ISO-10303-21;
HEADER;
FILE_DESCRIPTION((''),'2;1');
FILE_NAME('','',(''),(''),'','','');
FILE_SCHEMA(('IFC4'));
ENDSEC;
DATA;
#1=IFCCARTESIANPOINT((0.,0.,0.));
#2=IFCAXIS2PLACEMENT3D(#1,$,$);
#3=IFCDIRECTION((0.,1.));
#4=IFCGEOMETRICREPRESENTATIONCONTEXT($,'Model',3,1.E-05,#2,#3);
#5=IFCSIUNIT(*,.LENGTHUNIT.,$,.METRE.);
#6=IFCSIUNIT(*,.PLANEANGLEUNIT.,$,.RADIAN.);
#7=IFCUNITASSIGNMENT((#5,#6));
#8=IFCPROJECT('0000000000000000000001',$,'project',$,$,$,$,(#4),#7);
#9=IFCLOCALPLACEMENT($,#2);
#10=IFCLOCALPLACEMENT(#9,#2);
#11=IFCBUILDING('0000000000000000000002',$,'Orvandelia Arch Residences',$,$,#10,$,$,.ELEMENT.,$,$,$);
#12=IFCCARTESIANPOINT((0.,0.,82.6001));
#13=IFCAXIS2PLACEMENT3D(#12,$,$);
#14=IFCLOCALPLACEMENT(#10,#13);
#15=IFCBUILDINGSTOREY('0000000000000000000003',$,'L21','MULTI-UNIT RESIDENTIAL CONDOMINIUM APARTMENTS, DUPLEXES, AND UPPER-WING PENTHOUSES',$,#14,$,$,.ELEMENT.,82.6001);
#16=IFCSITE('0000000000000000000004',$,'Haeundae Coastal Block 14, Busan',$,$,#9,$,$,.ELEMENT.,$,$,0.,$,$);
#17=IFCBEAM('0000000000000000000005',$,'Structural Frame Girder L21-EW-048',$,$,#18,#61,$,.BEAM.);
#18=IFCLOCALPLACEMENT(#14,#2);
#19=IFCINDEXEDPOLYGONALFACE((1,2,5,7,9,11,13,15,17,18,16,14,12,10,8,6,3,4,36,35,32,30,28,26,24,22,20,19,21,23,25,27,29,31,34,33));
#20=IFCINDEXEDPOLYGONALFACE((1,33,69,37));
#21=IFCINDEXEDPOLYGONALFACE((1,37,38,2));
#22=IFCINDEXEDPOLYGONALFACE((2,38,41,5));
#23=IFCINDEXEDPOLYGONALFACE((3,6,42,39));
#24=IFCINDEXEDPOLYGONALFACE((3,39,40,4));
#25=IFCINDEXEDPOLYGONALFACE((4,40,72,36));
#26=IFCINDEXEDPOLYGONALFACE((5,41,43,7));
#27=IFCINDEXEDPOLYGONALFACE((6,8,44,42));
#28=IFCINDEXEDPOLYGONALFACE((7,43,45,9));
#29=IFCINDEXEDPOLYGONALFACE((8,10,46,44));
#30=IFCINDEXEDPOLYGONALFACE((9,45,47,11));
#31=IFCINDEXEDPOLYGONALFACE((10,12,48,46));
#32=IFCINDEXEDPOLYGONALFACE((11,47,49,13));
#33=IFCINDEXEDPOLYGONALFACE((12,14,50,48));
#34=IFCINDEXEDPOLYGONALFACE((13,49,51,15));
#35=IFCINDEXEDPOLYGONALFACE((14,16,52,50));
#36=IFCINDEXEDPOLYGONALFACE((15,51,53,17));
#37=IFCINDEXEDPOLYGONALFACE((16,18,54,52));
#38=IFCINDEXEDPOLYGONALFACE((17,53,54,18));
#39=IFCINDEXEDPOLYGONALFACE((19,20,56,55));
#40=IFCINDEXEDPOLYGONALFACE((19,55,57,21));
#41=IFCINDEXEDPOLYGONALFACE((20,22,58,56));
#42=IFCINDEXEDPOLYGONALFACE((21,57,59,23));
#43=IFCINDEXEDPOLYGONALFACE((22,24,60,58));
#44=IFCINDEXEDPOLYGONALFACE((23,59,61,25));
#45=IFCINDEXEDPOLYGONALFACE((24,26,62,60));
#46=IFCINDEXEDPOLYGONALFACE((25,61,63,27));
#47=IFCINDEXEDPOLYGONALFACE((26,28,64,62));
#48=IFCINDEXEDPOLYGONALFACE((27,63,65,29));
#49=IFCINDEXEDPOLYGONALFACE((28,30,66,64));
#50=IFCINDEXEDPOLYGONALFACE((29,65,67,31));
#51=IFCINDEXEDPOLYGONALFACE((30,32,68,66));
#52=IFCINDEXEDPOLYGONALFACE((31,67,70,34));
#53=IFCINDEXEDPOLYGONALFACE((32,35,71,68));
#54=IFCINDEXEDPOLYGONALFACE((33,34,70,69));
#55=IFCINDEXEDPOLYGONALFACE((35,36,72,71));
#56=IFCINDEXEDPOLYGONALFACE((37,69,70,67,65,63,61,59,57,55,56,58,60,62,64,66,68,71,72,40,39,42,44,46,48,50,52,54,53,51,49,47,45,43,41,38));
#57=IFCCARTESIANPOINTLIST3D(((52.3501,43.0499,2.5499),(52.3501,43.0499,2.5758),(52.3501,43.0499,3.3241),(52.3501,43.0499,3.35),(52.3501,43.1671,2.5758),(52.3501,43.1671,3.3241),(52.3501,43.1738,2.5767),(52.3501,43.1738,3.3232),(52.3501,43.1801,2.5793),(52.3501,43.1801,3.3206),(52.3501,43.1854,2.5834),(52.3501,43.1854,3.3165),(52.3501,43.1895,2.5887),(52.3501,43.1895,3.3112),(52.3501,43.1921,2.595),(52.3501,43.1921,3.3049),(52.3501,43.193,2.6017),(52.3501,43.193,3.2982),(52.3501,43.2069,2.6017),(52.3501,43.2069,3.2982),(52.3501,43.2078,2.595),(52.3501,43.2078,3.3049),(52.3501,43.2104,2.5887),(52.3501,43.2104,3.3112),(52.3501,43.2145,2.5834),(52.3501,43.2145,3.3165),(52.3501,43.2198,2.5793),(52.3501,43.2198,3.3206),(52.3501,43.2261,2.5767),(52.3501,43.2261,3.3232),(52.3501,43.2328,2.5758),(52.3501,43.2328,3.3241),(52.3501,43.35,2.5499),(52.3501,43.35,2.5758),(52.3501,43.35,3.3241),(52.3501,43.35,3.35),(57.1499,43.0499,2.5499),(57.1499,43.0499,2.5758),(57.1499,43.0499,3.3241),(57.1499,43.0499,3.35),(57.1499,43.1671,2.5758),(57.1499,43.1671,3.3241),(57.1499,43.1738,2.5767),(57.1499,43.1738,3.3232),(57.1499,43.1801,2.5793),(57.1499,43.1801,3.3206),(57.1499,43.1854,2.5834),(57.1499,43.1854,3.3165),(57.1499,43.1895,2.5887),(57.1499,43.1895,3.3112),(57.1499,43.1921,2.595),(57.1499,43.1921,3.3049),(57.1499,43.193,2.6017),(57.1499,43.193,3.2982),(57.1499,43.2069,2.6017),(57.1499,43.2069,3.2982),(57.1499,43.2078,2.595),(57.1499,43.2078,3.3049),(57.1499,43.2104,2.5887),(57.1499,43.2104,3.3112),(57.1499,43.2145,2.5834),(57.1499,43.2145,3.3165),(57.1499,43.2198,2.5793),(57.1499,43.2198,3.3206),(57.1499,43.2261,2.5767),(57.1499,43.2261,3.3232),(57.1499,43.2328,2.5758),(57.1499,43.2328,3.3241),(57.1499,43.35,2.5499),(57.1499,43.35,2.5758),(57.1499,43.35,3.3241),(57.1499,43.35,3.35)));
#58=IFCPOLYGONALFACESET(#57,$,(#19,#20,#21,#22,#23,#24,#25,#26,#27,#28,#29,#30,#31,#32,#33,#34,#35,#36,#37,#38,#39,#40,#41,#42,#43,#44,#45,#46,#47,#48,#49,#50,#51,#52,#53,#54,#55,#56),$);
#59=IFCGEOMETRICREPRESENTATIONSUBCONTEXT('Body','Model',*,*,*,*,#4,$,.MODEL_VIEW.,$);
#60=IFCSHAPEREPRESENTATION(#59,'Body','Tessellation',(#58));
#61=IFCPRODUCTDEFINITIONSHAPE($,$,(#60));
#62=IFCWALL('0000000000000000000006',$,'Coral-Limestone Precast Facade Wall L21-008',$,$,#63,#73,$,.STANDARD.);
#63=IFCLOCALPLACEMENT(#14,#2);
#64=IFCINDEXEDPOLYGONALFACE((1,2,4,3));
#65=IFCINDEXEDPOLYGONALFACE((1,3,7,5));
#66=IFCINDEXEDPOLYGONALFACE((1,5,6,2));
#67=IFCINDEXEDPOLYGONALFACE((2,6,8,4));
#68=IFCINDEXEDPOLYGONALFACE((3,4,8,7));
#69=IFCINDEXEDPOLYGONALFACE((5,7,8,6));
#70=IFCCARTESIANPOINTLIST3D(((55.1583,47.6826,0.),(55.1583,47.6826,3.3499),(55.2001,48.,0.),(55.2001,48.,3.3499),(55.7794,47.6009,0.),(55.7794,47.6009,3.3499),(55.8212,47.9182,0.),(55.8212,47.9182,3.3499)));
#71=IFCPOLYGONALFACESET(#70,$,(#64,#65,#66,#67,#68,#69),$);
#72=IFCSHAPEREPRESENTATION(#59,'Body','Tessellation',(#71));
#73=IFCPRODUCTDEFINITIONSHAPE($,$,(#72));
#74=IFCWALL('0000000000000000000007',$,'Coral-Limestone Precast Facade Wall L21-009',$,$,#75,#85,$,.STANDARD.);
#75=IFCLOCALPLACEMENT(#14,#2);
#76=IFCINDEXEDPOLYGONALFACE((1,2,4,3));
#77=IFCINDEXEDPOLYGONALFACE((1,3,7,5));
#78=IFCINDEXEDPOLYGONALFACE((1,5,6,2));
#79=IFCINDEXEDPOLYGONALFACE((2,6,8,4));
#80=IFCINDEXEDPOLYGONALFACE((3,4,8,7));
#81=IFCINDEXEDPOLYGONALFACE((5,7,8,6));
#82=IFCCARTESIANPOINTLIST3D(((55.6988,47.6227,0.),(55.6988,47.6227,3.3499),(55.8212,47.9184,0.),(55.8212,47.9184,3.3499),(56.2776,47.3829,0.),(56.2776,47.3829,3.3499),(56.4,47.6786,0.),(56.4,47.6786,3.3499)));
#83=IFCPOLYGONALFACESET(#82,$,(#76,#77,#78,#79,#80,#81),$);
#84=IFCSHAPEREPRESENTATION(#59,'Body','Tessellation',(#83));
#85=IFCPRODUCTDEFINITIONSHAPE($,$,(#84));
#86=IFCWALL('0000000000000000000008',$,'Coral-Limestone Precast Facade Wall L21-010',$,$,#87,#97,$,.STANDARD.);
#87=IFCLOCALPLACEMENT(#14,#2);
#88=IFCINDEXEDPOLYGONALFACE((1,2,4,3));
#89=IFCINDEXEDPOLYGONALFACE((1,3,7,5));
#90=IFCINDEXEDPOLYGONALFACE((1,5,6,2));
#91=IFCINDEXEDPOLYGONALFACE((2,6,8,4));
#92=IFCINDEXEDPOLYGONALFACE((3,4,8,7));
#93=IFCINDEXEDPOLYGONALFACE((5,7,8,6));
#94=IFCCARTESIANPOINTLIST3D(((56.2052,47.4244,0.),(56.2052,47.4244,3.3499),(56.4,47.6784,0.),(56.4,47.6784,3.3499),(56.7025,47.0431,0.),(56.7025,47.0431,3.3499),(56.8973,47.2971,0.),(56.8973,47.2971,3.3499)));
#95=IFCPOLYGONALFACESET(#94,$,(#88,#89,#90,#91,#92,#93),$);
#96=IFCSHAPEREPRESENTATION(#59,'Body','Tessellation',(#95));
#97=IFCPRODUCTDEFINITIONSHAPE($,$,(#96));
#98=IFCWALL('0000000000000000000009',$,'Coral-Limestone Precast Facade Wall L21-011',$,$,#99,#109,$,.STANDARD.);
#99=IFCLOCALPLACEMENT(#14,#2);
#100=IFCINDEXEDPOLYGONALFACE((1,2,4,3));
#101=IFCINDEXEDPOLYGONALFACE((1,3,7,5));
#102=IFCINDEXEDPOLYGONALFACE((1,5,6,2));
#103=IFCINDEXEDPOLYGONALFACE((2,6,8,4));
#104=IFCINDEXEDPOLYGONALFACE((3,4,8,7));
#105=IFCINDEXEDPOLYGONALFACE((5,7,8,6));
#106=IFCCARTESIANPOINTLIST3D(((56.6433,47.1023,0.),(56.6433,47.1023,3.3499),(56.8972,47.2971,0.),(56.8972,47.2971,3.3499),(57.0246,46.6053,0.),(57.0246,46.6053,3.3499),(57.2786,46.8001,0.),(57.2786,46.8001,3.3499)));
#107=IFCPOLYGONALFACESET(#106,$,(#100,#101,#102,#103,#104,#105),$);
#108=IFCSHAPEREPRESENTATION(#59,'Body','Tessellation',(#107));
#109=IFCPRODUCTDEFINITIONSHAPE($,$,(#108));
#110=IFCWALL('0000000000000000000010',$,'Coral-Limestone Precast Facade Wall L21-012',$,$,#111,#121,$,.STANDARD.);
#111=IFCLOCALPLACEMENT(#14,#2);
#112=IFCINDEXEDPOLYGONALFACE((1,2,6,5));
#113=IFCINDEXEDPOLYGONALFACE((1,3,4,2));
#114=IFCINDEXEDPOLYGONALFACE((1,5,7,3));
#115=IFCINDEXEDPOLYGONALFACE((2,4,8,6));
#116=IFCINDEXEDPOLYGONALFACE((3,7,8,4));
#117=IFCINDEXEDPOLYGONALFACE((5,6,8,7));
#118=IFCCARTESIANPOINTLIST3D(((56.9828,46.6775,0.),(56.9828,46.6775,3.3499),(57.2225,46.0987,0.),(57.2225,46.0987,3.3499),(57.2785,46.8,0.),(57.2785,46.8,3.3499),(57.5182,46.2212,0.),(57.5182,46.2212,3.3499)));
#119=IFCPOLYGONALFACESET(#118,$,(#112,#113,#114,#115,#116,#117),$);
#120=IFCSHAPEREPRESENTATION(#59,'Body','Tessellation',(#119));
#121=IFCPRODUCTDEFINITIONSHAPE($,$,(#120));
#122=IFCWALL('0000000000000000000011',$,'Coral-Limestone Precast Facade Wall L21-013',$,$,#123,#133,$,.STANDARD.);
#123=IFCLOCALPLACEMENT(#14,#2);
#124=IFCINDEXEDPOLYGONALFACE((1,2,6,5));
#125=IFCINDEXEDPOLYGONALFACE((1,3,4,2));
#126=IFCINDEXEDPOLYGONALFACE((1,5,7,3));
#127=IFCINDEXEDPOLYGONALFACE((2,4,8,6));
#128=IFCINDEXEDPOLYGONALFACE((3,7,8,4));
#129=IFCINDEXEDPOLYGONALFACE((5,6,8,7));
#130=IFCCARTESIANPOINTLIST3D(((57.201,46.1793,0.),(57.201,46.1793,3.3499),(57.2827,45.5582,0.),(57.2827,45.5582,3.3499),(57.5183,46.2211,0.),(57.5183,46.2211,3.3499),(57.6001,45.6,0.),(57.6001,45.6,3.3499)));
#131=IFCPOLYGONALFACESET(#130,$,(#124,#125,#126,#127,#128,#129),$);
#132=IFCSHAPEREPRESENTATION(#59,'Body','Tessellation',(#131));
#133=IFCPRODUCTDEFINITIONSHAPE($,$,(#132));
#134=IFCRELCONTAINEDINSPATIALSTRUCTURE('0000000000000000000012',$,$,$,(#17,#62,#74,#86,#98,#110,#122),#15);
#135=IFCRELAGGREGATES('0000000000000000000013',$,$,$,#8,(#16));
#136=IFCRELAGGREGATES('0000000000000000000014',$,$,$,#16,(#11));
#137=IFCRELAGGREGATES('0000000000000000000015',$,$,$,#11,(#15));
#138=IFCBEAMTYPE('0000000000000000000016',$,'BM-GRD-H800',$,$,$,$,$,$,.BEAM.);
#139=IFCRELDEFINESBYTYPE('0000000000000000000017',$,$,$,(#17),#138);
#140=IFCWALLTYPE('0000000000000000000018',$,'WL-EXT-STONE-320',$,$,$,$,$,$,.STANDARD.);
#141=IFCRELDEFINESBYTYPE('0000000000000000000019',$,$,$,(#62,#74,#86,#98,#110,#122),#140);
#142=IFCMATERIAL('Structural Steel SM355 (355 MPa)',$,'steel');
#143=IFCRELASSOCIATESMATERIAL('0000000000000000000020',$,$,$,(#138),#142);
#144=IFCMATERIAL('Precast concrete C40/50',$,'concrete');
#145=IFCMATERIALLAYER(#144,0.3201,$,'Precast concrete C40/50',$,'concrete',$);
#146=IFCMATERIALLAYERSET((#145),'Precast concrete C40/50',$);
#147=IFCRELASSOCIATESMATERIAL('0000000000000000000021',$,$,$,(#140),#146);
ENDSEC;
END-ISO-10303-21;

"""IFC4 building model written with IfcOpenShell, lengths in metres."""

from ifc_helpers import new_model, si_unit, direction, frame, frame_2d, origin, origin_2d, place, context, subcontext, project, spatial, rectangle, i_section, extrude, material, layer, layer_set, material_profile, profile_set, type_object, element, save


model = new_model("IFC4")

# Units and contexts
model_context = context("Model", 3, precision=1e-05, world=origin(), true_north=direction((0.0, 1.0)))
body_context = subcontext(model_context, "Body", "Model", "MODEL_VIEW")
ifc_project = project(units=[si_unit("LENGTHUNIT", "METRE"), si_unit("PLANEANGLEUNIT", "RADIAN")], contexts=[model_context])

# Site, building, storey
site_placement = place(None, origin())
site = spatial("IfcSite", under=ifc_project, at=site_placement, Name="Haeundae Coastal Block 14, Busan", CompositionType="ELEMENT", RefElevation=0.0)
building_placement = place(site_placement, origin())
building = spatial("IfcBuilding", under=site, at=building_placement, Name="Orvandelia Arch Residences", CompositionType="ELEMENT")
storey_placement = place(building_placement, frame((0.0, 0.0, 82.6001)))
storey = spatial("IfcBuildingStorey", under=building, at=storey_placement, Name="L21", Description="MULTI-UNIT RESIDENTIAL CONDOMINIUM APARTMENTS, DUPLEXES, AND UPPER-WING PENTHOUSES", CompositionType="ELEMENT", Elevation=82.6001)

# Beam
ifc_material_1 = material(Name="Structural Steel SM355 (355 MPa)", Category="steel")
ifc_material_profile_1 = material_profile(ifc_material_1, i_section(OverallWidth=0.3, OverallDepth=0.8, WebThickness=0.0139, FlangeThickness=0.0259, FilletRadius=0.0259, at=origin_2d()), Name="Structural Steel SM355 (355 MPa)", Category="steel")
ifc_profile_set_1 = profile_set([ifc_material_profile_1], Name="Structural Steel SM355 (355 MPa)")
beam_type = type_object("IfcBeamType", Name="BM-GRD-H800", PredefinedType="BEAM", material=ifc_profile_set_1)
for number, where, z_axis, x_axis, name in (
    (1, (52.3501, 43.2, 2.95), (1.0, 0.0, 0.0), (0.0, 1.0, 0.0), "Structural Frame Girder L21-EW-048"),
):
    element("IfcBeam", number, at=place(storey_placement, frame(where, z_axis=z_axis, x_axis=x_axis)), inside=storey, type_object=beam_type, Name=name, PredefinedType="BEAM", context=body_context, shape_type="SweptSolid", body=[
        extrude(i_section(OverallWidth=0.3, OverallDepth=0.8, WebThickness=0.0139, FlangeThickness=0.0259, FilletRadius=0.0259, at=origin_2d()), origin(), (0.0, 0.0, 1.0), 4.7998),
    ])

# Walls
ifc_material_2 = material(Name="Precast concrete C40/50", Category="concrete")
ifc_layer_1 = layer(ifc_material_2, 0.3201, Name="Precast concrete C40/50", Category="concrete")
ifc_layer_set_1 = layer_set([ifc_layer_1], Name="Precast concrete C40/50")
wall_type_1 = type_object("IfcWallType", Name="WL-EXT-STONE-320", PredefinedType="STANDARD", material=ifc_layer_set_1)
for number, where, z_axis, x_axis, name in (
    (2, (55.1792, 47.8413, 0.0), (0.0, 0.0, 1.0), (0.991441, -0.130555, 0.0), "Coral-Limestone Precast Facade Wall L21-008"),
    (3, (55.76, 47.7705, 0.0), (0.0, 0.0, 1.0), (0.923893, -0.38265, 0.0), "Coral-Limestone Precast Facade Wall L21-009"),
):
    element("IfcWall", number, at=place(storey_placement, frame(where, z_axis=z_axis, x_axis=x_axis)), inside=storey, type_object=wall_type_1, Name=name, PredefinedType="STANDARD", context=body_context, shape_type="SweptSolid", body=[
        extrude(rectangle(XDim=0.6265, YDim=0.3201, at=frame_2d((0.3132, 0.0))), origin(), (0.0, 0.0, 1.0), 3.3499),
    ])
wall_1_placement = place(storey_placement, frame((56.3025, 47.5515, 0.0), z_axis=(0.0, 0.0, 1.0), x_axis=(0.79355, -0.608505, 0.0)))
element("IfcWall", 4, at=wall_1_placement, inside=storey, type_object=wall_type_1, Name="Coral-Limestone Precast Facade Wall L21-010", PredefinedType="STANDARD", context=body_context, shape_type="SweptSolid", body=[
    extrude(rectangle(XDim=0.6267, YDim=0.3201, at=frame_2d((0.3135, 0.0))), origin(), (0.0, 0.0, 1.0), 3.3499),
])
for number, where, z_axis, x_axis, name in (
    (5, (56.7703, 47.1997, 0.0), (0.0, 0.0, 1.0), (0.608693, -0.793406, 0.0), "Coral-Limestone Precast Facade Wall L21-011"),
    (6, (57.1306, 46.7388, 0.0), (0.0, 0.0, 1.0), (0.38265, -0.923893, 0.0), "Coral-Limestone Precast Facade Wall L21-012"),
    (7, (57.3596, 46.2002, 0.0), (0.0, 0.0, 1.0), (0.130555, -0.991441, 0.0), "Coral-Limestone Precast Facade Wall L21-013"),
):
    element("IfcWall", number, at=place(storey_placement, frame(where, z_axis=z_axis, x_axis=x_axis)), inside=storey, type_object=wall_type_1, Name=name, PredefinedType="STANDARD", context=body_context, shape_type="SweptSolid", body=[
        extrude(rectangle(XDim=0.6265, YDim=0.3201, at=frame_2d((0.3132, 0.0))), origin(), (0.0, 0.0, 1.0), 3.3499),
    ])

save(model, "model.ifc")
